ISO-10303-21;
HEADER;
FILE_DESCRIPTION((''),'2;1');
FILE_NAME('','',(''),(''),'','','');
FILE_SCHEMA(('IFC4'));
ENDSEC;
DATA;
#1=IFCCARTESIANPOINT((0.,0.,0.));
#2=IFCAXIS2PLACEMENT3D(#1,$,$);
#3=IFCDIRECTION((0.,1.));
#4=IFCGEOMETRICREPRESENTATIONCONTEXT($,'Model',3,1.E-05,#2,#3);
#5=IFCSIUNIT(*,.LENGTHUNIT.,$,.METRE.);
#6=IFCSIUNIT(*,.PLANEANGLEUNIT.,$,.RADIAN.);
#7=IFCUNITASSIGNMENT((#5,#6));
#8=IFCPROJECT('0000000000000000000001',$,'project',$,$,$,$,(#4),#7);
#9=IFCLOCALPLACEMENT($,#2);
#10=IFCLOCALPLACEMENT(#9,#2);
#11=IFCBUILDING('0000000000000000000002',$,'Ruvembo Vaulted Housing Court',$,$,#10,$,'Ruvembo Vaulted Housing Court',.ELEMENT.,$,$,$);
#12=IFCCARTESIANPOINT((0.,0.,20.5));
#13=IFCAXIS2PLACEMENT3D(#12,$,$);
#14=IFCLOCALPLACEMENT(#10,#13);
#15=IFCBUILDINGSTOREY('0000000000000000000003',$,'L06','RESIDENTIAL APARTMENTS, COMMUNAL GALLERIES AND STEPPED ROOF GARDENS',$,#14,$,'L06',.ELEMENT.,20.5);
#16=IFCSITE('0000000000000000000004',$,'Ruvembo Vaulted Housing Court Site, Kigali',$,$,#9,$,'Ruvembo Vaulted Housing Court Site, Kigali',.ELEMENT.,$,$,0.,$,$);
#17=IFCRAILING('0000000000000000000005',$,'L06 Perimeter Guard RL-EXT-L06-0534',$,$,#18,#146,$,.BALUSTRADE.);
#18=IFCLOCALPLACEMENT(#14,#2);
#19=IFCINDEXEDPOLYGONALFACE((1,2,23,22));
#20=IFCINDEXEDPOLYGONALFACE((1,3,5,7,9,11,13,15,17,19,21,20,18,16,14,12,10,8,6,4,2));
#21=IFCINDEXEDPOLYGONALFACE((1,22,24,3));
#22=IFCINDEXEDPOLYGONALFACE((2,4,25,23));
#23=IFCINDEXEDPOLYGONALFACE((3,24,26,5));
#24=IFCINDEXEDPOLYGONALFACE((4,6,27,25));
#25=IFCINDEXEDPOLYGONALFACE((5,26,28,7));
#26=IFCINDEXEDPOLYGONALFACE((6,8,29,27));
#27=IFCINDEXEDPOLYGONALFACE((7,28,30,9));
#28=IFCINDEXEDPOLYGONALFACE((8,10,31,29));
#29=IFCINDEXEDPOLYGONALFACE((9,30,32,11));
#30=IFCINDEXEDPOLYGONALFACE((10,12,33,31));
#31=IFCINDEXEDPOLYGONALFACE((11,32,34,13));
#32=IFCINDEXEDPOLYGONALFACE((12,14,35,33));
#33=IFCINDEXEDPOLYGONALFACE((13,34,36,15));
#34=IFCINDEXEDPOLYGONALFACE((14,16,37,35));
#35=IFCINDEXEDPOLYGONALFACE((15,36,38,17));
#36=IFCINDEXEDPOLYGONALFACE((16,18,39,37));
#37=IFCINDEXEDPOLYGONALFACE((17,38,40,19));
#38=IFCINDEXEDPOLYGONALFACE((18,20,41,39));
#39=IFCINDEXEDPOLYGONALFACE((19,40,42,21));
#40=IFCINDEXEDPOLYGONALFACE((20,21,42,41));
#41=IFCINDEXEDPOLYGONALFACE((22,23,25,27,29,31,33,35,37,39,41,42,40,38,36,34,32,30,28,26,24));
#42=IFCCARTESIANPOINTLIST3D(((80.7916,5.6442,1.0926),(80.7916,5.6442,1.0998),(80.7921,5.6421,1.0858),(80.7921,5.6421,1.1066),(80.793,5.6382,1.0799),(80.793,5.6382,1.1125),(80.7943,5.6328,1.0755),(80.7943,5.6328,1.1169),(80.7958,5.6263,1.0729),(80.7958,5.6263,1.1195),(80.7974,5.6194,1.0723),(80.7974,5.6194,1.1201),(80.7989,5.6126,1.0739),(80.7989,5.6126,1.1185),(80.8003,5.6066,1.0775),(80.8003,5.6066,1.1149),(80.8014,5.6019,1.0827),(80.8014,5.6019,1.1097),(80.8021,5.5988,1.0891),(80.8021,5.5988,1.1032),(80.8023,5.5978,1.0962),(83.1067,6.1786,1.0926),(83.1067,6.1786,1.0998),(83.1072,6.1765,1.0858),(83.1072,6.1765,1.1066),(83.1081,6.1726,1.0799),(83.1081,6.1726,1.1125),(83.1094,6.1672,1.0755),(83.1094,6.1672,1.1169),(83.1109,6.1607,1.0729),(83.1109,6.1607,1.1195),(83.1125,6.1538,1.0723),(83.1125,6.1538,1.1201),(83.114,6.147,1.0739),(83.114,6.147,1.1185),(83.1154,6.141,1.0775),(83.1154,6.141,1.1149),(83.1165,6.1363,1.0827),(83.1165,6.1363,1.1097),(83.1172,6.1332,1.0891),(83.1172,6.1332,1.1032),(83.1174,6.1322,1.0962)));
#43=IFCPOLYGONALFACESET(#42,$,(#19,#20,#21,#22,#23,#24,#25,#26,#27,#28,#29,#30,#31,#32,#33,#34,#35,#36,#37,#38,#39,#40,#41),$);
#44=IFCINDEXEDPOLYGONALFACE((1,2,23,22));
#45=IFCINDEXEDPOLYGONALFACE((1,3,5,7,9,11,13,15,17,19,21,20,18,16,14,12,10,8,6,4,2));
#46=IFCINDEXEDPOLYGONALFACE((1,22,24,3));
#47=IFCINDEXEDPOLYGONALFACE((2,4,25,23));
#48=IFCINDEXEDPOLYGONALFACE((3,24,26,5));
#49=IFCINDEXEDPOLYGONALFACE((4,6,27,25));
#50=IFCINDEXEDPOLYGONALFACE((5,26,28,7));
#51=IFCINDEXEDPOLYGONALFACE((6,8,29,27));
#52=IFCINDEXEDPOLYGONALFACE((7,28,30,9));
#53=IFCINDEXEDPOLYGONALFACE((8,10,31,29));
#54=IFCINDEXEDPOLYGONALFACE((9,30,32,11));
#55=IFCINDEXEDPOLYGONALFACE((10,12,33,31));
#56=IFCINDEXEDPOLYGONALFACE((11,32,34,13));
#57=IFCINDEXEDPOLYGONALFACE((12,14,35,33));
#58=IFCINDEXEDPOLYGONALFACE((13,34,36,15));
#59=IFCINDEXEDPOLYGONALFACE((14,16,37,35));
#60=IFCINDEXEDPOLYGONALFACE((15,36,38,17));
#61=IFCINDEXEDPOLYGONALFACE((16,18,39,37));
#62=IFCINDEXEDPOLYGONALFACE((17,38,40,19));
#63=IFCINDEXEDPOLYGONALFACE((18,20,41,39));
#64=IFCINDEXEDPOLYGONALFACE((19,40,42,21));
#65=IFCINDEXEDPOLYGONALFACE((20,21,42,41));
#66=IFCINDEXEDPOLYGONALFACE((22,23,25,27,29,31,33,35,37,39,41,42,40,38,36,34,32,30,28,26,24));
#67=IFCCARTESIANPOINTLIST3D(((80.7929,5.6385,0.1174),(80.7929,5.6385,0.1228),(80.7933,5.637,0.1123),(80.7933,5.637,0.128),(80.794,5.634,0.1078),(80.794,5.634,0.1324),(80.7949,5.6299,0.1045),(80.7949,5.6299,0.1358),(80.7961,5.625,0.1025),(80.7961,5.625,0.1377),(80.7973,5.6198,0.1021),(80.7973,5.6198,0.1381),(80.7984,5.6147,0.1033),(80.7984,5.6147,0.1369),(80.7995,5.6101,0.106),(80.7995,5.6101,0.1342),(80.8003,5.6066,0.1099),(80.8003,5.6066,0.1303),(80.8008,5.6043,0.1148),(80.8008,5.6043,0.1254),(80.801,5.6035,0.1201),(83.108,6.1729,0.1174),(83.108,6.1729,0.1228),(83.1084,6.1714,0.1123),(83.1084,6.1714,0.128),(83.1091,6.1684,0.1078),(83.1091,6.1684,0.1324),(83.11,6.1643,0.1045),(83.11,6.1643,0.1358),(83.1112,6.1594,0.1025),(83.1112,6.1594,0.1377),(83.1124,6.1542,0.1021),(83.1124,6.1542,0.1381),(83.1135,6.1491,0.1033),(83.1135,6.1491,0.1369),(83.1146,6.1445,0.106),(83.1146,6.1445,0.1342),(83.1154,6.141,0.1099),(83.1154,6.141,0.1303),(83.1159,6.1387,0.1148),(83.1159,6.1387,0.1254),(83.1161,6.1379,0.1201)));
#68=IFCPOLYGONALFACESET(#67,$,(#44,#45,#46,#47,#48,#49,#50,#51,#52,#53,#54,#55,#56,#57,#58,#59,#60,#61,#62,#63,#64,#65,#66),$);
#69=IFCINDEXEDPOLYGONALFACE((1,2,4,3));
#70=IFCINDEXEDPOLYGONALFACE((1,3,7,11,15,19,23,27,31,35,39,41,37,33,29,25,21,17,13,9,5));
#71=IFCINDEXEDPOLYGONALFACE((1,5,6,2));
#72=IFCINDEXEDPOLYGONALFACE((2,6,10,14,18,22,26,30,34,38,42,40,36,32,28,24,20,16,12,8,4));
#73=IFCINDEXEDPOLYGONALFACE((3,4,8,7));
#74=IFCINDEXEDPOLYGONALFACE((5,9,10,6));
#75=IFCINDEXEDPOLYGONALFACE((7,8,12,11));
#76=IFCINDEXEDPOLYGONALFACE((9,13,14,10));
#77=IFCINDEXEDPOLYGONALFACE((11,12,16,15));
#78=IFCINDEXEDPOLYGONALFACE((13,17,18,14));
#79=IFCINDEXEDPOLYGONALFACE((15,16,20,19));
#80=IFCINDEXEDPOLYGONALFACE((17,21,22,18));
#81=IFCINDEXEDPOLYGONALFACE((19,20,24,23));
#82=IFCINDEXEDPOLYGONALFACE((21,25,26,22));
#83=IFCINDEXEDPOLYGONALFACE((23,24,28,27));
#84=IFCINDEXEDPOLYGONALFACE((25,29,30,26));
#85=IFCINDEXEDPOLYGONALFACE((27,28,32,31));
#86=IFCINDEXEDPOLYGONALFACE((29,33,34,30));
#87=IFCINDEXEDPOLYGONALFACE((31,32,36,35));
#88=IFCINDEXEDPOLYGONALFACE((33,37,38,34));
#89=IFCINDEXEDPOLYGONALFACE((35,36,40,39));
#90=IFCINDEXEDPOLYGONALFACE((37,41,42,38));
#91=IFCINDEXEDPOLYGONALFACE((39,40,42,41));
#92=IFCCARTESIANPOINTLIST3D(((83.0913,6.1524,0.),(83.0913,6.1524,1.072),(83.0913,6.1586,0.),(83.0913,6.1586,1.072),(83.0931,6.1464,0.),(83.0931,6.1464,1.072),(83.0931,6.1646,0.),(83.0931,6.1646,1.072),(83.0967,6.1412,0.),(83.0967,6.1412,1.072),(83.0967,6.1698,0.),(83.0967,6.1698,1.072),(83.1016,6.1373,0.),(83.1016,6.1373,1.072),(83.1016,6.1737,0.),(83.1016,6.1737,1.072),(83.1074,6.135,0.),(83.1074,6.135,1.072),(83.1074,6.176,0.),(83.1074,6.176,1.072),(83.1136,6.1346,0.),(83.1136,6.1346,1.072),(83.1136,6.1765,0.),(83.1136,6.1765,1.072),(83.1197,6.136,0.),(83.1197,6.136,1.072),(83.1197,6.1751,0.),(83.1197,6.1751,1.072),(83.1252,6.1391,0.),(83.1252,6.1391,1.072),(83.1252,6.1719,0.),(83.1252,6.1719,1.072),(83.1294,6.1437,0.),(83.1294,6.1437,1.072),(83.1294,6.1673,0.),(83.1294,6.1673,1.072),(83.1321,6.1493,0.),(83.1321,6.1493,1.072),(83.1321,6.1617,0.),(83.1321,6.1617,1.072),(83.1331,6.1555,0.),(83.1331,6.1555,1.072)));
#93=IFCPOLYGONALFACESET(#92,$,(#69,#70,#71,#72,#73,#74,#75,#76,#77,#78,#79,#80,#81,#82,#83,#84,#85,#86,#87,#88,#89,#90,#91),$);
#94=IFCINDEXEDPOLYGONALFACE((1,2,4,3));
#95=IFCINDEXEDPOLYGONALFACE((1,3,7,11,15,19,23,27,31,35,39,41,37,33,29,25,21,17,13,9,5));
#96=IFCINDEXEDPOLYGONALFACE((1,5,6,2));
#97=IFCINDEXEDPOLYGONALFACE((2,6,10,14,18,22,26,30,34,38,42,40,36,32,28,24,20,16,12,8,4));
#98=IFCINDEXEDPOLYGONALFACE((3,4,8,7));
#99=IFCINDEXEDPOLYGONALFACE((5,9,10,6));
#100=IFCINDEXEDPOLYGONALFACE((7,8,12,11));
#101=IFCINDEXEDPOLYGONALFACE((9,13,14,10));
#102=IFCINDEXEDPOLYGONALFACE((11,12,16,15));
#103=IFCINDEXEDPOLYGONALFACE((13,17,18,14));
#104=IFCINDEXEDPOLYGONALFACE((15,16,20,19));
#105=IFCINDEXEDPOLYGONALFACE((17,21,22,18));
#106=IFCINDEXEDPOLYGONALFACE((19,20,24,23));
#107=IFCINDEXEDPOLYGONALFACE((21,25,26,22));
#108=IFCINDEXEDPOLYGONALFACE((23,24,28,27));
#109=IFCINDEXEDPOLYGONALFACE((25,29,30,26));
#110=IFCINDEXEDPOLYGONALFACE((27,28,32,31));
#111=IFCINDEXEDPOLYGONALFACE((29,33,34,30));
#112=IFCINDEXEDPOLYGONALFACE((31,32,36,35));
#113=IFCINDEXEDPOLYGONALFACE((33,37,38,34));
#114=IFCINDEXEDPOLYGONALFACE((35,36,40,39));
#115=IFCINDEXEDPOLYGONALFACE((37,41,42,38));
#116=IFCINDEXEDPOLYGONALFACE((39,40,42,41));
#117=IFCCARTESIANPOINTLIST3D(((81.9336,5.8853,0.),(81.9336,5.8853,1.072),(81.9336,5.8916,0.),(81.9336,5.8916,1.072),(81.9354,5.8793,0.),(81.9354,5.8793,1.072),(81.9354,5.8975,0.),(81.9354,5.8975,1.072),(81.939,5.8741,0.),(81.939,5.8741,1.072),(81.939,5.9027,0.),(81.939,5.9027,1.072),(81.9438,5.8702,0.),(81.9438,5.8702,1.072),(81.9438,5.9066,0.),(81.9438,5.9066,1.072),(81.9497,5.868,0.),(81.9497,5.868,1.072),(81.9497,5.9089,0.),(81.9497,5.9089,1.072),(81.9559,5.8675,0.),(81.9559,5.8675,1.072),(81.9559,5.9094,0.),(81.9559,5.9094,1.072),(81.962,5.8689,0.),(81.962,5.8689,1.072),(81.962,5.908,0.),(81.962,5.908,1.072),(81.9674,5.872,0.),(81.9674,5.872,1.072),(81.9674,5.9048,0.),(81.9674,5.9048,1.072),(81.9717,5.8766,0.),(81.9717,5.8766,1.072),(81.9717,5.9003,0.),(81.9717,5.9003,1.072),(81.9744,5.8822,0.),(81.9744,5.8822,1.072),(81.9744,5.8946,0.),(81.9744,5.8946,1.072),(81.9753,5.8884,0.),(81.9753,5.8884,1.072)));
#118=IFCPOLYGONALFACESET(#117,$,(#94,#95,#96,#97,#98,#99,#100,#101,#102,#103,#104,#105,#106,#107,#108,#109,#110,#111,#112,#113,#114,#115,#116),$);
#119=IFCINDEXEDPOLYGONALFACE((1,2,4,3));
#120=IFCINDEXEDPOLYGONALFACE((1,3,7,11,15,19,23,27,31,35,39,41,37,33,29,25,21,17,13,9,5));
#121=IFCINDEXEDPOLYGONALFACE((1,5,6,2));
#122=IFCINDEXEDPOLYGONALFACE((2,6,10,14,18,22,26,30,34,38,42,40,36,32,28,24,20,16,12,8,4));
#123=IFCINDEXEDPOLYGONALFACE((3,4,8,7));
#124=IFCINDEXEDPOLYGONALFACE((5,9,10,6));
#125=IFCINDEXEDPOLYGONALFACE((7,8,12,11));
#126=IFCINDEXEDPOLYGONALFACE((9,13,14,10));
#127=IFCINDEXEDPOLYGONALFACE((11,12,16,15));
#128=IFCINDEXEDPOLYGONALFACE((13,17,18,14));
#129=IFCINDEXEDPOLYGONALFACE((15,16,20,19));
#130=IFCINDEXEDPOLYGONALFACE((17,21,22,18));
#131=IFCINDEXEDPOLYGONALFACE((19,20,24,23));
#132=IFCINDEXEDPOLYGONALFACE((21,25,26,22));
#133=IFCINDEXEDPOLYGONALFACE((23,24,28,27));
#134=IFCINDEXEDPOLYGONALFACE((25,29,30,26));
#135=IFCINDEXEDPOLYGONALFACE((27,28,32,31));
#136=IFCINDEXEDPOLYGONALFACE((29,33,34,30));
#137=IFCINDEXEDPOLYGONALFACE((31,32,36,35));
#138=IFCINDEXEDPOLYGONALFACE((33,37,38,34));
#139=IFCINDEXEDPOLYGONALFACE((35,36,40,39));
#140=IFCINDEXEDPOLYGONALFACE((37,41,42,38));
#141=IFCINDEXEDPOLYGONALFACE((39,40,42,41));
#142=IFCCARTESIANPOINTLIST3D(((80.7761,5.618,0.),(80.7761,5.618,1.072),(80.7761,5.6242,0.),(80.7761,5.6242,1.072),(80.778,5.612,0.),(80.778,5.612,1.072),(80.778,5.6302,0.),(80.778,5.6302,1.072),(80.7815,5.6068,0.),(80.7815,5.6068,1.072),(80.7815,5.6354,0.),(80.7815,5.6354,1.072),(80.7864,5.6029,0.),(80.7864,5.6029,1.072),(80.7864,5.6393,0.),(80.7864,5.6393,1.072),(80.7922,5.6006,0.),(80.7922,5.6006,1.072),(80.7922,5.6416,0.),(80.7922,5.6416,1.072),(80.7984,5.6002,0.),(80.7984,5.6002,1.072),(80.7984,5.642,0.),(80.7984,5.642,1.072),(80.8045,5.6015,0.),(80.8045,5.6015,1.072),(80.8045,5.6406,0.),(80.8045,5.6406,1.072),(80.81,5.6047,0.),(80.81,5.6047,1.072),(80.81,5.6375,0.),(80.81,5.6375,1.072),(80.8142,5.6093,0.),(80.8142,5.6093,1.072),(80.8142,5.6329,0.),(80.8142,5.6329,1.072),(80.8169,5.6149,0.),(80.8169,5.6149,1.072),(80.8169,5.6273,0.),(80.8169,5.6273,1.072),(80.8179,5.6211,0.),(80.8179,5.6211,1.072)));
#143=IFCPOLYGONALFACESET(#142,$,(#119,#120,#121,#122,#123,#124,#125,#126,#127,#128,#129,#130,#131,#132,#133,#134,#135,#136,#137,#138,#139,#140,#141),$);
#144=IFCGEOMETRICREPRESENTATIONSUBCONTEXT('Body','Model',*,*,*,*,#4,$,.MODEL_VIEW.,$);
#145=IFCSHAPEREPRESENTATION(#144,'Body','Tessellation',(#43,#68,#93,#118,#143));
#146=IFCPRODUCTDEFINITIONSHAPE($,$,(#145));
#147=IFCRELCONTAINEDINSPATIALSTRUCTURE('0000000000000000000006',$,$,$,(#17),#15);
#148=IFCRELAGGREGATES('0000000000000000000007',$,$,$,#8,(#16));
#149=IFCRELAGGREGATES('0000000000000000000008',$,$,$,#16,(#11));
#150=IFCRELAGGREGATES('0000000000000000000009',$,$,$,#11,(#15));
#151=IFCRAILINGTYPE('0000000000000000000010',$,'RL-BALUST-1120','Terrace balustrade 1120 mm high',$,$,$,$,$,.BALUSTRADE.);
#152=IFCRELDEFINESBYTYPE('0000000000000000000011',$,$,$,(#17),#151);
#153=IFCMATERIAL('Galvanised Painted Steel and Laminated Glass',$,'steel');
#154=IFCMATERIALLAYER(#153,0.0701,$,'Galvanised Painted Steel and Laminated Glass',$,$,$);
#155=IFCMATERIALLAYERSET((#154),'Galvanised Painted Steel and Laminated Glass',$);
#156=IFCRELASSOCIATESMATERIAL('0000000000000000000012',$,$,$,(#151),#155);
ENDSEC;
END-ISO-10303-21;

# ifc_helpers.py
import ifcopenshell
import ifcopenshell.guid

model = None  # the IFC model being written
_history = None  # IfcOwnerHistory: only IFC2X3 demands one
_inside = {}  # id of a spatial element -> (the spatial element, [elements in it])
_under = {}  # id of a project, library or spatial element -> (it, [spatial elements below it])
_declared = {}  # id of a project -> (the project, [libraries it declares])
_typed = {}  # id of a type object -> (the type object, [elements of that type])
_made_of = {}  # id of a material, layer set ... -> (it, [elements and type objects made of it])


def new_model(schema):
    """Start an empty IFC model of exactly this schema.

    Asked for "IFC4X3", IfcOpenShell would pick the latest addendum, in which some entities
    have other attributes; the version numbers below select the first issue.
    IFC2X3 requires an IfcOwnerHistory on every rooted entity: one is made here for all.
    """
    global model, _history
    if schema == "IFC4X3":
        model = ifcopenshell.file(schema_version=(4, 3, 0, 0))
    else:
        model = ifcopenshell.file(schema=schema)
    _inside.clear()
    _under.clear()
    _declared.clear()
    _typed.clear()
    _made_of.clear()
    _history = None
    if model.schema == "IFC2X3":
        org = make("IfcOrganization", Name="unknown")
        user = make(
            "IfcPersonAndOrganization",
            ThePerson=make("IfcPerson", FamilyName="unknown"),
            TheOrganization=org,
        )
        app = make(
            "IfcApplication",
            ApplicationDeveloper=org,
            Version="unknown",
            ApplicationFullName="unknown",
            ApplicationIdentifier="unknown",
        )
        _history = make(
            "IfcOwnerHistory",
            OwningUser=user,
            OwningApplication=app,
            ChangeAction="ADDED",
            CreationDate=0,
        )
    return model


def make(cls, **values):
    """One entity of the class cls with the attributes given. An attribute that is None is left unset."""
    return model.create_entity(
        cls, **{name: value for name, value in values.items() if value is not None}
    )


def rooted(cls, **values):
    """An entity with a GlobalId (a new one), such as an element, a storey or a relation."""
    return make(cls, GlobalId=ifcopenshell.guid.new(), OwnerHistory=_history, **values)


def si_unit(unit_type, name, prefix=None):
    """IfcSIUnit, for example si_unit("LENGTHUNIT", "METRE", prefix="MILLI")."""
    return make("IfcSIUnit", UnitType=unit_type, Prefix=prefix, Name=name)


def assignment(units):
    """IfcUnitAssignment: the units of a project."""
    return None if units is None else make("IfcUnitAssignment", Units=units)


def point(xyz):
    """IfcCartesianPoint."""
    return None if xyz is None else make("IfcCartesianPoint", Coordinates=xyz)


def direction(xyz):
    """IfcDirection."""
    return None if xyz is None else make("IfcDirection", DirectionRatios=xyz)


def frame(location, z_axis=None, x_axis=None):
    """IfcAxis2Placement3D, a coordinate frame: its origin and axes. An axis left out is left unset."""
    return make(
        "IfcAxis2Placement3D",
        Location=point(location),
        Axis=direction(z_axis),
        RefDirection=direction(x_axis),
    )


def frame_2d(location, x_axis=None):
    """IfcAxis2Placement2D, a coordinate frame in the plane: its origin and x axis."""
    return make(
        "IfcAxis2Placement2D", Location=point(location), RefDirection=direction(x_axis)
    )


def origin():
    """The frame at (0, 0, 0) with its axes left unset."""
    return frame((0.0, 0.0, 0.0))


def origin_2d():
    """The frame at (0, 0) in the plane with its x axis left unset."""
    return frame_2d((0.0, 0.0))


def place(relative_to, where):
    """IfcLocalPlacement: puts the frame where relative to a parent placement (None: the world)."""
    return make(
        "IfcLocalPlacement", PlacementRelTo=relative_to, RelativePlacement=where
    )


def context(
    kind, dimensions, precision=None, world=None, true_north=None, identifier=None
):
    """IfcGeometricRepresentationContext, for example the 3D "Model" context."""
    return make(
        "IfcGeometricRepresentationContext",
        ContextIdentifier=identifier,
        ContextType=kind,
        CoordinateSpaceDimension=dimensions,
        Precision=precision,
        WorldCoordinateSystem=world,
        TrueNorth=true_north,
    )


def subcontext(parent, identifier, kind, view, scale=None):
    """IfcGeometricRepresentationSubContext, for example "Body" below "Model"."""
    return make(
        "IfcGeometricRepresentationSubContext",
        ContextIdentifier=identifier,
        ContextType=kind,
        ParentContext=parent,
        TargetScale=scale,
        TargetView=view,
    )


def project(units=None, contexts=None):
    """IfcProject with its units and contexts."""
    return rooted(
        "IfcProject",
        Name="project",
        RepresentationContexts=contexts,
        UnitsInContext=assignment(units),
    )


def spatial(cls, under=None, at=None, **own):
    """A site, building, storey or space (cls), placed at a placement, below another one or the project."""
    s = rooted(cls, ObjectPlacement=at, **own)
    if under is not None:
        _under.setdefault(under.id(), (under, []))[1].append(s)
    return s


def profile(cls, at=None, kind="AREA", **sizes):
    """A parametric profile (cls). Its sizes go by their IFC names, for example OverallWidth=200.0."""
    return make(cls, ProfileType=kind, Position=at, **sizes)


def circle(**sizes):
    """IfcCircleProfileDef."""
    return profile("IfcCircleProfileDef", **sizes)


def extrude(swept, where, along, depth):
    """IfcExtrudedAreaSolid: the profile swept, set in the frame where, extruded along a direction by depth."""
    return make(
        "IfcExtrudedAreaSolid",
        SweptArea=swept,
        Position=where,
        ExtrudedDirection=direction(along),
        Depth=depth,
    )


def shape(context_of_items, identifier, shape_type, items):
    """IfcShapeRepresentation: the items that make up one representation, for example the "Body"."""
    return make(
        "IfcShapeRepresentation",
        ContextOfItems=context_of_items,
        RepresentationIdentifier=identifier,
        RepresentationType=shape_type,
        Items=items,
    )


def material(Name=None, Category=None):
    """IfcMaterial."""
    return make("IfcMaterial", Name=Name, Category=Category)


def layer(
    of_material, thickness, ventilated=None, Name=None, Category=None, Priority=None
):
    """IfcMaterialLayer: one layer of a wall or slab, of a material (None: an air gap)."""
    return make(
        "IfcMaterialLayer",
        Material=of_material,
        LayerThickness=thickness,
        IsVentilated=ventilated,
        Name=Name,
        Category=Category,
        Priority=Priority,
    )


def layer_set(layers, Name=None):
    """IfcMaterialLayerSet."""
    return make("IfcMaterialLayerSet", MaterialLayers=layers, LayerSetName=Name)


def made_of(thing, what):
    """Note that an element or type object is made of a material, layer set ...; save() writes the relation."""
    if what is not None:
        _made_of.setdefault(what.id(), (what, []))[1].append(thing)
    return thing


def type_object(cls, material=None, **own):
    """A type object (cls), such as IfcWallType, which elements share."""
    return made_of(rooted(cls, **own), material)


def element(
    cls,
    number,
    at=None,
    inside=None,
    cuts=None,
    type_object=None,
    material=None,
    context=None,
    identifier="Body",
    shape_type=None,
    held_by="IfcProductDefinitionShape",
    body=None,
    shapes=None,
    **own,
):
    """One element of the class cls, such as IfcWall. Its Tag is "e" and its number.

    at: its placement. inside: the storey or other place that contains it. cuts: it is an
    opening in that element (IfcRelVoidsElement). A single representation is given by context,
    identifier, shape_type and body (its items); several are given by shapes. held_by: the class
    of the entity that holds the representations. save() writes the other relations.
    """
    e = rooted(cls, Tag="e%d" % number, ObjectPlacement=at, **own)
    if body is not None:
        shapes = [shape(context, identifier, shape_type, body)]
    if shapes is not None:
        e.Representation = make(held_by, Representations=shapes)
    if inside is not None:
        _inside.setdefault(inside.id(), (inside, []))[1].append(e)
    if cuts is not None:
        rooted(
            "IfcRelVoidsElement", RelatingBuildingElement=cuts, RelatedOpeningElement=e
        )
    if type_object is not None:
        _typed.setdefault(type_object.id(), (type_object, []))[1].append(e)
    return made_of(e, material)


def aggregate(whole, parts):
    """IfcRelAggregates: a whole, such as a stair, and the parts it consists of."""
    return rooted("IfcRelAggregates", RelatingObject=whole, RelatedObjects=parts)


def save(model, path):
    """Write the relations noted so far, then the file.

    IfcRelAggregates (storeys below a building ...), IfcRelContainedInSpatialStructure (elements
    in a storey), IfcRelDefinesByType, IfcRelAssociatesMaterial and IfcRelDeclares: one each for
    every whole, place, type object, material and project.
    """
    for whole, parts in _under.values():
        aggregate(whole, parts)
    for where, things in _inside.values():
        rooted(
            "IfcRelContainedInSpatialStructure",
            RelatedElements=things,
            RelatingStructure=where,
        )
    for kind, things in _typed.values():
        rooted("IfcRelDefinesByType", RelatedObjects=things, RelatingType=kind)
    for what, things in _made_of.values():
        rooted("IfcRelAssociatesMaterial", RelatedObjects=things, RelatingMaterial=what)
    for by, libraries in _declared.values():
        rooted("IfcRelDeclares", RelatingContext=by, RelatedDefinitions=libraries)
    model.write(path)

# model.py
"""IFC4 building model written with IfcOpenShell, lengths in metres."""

from ifc_helpers import new_model, si_unit, direction, frame, origin, origin_2d, place, context, subcontext, project, spatial, circle, extrude, material, layer, layer_set, type_object, element, save


model = new_model("IFC4")

# Units and contexts
model_context = context("Model", 3, precision=1e-05, world=origin(), true_north=direction((0.0, 1.0)))
body_context = subcontext(model_context, "Body", "Model", "MODEL_VIEW")
ifc_project = project(units=[si_unit("LENGTHUNIT", "METRE"), si_unit("PLANEANGLEUNIT", "RADIAN")], contexts=[model_context])

# Site, building, storey
site_placement = place(None, origin())
site = spatial("IfcSite", under=ifc_project, at=site_placement, Name="Ruvembo Vaulted Housing Court Site, Kigali", LongName="Ruvembo Vaulted Housing Court Site, Kigali", CompositionType="ELEMENT", RefElevation=0.0)
building_placement = place(site_placement, origin())
building = spatial("IfcBuilding", under=site, at=building_placement, Name="Ruvembo Vaulted Housing Court", LongName="Ruvembo Vaulted Housing Court", CompositionType="ELEMENT")
storey_placement = place(building_placement, frame((0.0, 0.0, 20.5)))
storey = spatial("IfcBuildingStorey", under=building, at=storey_placement, Name="L06", Description="RESIDENTIAL APARTMENTS, COMMUNAL GALLERIES AND STEPPED ROOF GARDENS", LongName="L06", CompositionType="ELEMENT", Elevation=20.5)

# Railing
ifc_material_1 = material(Name="Galvanised Painted Steel and Laminated Glass", Category="steel")
ifc_layer_1 = layer(ifc_material_1, 0.0701, Name="Galvanised Painted Steel and Laminated Glass")
ifc_layer_set_1 = layer_set([ifc_layer_1], Name="Galvanised Painted Steel and Laminated Glass")
railing_type = type_object("IfcRailingType", Name="RL-BALUST-1120", Description="Terrace balustrade 1120 mm high", PredefinedType="BALUSTRADE", material=ifc_layer_set_1)
railing_1_placement = place(storey_placement, frame((83.1121, 6.1555, 0.0)))
element("IfcRailing", 1, at=railing_1_placement, inside=storey, type_object=railing_type, Name="L06 Perimeter Guard RL-EXT-L06-0534", PredefinedType="BALUSTRADE", context=body_context, shape_type="SweptSolid", body=[
    extrude(circle(Radius=0.0239, at=origin_2d()), frame((0.0, 0.0, 1.0962), z_axis=(-0.974377, -0.22492, 0.0), x_axis=(0.22492, -0.974377, 0.0)), (0.0, 0.0, 1.0), 2.376),
    extrude(circle(Radius=0.0181, at=origin_2d()), frame((0.0, 0.0, 0.1201), z_axis=(-0.974377, -0.22492, 0.0), x_axis=(0.22492, -0.974377, 0.0)), (0.0, 0.0, 1.0), 2.376),
    extrude(circle(Radius=0.021, at=origin_2d()), origin(), (0.0, 0.0, 1.0), 1.072),
    extrude(circle(Radius=0.021, at=origin_2d()), frame((-1.1577, -0.2671, 0.0)), (0.0, 0.0, 1.0), 1.072),
    extrude(circle(Radius=0.021, at=origin_2d()), frame((-2.3152, -0.5344, 0.0)), (0.0, 0.0, 1.0), 1.072),
])

save(model, "model.ifc")
